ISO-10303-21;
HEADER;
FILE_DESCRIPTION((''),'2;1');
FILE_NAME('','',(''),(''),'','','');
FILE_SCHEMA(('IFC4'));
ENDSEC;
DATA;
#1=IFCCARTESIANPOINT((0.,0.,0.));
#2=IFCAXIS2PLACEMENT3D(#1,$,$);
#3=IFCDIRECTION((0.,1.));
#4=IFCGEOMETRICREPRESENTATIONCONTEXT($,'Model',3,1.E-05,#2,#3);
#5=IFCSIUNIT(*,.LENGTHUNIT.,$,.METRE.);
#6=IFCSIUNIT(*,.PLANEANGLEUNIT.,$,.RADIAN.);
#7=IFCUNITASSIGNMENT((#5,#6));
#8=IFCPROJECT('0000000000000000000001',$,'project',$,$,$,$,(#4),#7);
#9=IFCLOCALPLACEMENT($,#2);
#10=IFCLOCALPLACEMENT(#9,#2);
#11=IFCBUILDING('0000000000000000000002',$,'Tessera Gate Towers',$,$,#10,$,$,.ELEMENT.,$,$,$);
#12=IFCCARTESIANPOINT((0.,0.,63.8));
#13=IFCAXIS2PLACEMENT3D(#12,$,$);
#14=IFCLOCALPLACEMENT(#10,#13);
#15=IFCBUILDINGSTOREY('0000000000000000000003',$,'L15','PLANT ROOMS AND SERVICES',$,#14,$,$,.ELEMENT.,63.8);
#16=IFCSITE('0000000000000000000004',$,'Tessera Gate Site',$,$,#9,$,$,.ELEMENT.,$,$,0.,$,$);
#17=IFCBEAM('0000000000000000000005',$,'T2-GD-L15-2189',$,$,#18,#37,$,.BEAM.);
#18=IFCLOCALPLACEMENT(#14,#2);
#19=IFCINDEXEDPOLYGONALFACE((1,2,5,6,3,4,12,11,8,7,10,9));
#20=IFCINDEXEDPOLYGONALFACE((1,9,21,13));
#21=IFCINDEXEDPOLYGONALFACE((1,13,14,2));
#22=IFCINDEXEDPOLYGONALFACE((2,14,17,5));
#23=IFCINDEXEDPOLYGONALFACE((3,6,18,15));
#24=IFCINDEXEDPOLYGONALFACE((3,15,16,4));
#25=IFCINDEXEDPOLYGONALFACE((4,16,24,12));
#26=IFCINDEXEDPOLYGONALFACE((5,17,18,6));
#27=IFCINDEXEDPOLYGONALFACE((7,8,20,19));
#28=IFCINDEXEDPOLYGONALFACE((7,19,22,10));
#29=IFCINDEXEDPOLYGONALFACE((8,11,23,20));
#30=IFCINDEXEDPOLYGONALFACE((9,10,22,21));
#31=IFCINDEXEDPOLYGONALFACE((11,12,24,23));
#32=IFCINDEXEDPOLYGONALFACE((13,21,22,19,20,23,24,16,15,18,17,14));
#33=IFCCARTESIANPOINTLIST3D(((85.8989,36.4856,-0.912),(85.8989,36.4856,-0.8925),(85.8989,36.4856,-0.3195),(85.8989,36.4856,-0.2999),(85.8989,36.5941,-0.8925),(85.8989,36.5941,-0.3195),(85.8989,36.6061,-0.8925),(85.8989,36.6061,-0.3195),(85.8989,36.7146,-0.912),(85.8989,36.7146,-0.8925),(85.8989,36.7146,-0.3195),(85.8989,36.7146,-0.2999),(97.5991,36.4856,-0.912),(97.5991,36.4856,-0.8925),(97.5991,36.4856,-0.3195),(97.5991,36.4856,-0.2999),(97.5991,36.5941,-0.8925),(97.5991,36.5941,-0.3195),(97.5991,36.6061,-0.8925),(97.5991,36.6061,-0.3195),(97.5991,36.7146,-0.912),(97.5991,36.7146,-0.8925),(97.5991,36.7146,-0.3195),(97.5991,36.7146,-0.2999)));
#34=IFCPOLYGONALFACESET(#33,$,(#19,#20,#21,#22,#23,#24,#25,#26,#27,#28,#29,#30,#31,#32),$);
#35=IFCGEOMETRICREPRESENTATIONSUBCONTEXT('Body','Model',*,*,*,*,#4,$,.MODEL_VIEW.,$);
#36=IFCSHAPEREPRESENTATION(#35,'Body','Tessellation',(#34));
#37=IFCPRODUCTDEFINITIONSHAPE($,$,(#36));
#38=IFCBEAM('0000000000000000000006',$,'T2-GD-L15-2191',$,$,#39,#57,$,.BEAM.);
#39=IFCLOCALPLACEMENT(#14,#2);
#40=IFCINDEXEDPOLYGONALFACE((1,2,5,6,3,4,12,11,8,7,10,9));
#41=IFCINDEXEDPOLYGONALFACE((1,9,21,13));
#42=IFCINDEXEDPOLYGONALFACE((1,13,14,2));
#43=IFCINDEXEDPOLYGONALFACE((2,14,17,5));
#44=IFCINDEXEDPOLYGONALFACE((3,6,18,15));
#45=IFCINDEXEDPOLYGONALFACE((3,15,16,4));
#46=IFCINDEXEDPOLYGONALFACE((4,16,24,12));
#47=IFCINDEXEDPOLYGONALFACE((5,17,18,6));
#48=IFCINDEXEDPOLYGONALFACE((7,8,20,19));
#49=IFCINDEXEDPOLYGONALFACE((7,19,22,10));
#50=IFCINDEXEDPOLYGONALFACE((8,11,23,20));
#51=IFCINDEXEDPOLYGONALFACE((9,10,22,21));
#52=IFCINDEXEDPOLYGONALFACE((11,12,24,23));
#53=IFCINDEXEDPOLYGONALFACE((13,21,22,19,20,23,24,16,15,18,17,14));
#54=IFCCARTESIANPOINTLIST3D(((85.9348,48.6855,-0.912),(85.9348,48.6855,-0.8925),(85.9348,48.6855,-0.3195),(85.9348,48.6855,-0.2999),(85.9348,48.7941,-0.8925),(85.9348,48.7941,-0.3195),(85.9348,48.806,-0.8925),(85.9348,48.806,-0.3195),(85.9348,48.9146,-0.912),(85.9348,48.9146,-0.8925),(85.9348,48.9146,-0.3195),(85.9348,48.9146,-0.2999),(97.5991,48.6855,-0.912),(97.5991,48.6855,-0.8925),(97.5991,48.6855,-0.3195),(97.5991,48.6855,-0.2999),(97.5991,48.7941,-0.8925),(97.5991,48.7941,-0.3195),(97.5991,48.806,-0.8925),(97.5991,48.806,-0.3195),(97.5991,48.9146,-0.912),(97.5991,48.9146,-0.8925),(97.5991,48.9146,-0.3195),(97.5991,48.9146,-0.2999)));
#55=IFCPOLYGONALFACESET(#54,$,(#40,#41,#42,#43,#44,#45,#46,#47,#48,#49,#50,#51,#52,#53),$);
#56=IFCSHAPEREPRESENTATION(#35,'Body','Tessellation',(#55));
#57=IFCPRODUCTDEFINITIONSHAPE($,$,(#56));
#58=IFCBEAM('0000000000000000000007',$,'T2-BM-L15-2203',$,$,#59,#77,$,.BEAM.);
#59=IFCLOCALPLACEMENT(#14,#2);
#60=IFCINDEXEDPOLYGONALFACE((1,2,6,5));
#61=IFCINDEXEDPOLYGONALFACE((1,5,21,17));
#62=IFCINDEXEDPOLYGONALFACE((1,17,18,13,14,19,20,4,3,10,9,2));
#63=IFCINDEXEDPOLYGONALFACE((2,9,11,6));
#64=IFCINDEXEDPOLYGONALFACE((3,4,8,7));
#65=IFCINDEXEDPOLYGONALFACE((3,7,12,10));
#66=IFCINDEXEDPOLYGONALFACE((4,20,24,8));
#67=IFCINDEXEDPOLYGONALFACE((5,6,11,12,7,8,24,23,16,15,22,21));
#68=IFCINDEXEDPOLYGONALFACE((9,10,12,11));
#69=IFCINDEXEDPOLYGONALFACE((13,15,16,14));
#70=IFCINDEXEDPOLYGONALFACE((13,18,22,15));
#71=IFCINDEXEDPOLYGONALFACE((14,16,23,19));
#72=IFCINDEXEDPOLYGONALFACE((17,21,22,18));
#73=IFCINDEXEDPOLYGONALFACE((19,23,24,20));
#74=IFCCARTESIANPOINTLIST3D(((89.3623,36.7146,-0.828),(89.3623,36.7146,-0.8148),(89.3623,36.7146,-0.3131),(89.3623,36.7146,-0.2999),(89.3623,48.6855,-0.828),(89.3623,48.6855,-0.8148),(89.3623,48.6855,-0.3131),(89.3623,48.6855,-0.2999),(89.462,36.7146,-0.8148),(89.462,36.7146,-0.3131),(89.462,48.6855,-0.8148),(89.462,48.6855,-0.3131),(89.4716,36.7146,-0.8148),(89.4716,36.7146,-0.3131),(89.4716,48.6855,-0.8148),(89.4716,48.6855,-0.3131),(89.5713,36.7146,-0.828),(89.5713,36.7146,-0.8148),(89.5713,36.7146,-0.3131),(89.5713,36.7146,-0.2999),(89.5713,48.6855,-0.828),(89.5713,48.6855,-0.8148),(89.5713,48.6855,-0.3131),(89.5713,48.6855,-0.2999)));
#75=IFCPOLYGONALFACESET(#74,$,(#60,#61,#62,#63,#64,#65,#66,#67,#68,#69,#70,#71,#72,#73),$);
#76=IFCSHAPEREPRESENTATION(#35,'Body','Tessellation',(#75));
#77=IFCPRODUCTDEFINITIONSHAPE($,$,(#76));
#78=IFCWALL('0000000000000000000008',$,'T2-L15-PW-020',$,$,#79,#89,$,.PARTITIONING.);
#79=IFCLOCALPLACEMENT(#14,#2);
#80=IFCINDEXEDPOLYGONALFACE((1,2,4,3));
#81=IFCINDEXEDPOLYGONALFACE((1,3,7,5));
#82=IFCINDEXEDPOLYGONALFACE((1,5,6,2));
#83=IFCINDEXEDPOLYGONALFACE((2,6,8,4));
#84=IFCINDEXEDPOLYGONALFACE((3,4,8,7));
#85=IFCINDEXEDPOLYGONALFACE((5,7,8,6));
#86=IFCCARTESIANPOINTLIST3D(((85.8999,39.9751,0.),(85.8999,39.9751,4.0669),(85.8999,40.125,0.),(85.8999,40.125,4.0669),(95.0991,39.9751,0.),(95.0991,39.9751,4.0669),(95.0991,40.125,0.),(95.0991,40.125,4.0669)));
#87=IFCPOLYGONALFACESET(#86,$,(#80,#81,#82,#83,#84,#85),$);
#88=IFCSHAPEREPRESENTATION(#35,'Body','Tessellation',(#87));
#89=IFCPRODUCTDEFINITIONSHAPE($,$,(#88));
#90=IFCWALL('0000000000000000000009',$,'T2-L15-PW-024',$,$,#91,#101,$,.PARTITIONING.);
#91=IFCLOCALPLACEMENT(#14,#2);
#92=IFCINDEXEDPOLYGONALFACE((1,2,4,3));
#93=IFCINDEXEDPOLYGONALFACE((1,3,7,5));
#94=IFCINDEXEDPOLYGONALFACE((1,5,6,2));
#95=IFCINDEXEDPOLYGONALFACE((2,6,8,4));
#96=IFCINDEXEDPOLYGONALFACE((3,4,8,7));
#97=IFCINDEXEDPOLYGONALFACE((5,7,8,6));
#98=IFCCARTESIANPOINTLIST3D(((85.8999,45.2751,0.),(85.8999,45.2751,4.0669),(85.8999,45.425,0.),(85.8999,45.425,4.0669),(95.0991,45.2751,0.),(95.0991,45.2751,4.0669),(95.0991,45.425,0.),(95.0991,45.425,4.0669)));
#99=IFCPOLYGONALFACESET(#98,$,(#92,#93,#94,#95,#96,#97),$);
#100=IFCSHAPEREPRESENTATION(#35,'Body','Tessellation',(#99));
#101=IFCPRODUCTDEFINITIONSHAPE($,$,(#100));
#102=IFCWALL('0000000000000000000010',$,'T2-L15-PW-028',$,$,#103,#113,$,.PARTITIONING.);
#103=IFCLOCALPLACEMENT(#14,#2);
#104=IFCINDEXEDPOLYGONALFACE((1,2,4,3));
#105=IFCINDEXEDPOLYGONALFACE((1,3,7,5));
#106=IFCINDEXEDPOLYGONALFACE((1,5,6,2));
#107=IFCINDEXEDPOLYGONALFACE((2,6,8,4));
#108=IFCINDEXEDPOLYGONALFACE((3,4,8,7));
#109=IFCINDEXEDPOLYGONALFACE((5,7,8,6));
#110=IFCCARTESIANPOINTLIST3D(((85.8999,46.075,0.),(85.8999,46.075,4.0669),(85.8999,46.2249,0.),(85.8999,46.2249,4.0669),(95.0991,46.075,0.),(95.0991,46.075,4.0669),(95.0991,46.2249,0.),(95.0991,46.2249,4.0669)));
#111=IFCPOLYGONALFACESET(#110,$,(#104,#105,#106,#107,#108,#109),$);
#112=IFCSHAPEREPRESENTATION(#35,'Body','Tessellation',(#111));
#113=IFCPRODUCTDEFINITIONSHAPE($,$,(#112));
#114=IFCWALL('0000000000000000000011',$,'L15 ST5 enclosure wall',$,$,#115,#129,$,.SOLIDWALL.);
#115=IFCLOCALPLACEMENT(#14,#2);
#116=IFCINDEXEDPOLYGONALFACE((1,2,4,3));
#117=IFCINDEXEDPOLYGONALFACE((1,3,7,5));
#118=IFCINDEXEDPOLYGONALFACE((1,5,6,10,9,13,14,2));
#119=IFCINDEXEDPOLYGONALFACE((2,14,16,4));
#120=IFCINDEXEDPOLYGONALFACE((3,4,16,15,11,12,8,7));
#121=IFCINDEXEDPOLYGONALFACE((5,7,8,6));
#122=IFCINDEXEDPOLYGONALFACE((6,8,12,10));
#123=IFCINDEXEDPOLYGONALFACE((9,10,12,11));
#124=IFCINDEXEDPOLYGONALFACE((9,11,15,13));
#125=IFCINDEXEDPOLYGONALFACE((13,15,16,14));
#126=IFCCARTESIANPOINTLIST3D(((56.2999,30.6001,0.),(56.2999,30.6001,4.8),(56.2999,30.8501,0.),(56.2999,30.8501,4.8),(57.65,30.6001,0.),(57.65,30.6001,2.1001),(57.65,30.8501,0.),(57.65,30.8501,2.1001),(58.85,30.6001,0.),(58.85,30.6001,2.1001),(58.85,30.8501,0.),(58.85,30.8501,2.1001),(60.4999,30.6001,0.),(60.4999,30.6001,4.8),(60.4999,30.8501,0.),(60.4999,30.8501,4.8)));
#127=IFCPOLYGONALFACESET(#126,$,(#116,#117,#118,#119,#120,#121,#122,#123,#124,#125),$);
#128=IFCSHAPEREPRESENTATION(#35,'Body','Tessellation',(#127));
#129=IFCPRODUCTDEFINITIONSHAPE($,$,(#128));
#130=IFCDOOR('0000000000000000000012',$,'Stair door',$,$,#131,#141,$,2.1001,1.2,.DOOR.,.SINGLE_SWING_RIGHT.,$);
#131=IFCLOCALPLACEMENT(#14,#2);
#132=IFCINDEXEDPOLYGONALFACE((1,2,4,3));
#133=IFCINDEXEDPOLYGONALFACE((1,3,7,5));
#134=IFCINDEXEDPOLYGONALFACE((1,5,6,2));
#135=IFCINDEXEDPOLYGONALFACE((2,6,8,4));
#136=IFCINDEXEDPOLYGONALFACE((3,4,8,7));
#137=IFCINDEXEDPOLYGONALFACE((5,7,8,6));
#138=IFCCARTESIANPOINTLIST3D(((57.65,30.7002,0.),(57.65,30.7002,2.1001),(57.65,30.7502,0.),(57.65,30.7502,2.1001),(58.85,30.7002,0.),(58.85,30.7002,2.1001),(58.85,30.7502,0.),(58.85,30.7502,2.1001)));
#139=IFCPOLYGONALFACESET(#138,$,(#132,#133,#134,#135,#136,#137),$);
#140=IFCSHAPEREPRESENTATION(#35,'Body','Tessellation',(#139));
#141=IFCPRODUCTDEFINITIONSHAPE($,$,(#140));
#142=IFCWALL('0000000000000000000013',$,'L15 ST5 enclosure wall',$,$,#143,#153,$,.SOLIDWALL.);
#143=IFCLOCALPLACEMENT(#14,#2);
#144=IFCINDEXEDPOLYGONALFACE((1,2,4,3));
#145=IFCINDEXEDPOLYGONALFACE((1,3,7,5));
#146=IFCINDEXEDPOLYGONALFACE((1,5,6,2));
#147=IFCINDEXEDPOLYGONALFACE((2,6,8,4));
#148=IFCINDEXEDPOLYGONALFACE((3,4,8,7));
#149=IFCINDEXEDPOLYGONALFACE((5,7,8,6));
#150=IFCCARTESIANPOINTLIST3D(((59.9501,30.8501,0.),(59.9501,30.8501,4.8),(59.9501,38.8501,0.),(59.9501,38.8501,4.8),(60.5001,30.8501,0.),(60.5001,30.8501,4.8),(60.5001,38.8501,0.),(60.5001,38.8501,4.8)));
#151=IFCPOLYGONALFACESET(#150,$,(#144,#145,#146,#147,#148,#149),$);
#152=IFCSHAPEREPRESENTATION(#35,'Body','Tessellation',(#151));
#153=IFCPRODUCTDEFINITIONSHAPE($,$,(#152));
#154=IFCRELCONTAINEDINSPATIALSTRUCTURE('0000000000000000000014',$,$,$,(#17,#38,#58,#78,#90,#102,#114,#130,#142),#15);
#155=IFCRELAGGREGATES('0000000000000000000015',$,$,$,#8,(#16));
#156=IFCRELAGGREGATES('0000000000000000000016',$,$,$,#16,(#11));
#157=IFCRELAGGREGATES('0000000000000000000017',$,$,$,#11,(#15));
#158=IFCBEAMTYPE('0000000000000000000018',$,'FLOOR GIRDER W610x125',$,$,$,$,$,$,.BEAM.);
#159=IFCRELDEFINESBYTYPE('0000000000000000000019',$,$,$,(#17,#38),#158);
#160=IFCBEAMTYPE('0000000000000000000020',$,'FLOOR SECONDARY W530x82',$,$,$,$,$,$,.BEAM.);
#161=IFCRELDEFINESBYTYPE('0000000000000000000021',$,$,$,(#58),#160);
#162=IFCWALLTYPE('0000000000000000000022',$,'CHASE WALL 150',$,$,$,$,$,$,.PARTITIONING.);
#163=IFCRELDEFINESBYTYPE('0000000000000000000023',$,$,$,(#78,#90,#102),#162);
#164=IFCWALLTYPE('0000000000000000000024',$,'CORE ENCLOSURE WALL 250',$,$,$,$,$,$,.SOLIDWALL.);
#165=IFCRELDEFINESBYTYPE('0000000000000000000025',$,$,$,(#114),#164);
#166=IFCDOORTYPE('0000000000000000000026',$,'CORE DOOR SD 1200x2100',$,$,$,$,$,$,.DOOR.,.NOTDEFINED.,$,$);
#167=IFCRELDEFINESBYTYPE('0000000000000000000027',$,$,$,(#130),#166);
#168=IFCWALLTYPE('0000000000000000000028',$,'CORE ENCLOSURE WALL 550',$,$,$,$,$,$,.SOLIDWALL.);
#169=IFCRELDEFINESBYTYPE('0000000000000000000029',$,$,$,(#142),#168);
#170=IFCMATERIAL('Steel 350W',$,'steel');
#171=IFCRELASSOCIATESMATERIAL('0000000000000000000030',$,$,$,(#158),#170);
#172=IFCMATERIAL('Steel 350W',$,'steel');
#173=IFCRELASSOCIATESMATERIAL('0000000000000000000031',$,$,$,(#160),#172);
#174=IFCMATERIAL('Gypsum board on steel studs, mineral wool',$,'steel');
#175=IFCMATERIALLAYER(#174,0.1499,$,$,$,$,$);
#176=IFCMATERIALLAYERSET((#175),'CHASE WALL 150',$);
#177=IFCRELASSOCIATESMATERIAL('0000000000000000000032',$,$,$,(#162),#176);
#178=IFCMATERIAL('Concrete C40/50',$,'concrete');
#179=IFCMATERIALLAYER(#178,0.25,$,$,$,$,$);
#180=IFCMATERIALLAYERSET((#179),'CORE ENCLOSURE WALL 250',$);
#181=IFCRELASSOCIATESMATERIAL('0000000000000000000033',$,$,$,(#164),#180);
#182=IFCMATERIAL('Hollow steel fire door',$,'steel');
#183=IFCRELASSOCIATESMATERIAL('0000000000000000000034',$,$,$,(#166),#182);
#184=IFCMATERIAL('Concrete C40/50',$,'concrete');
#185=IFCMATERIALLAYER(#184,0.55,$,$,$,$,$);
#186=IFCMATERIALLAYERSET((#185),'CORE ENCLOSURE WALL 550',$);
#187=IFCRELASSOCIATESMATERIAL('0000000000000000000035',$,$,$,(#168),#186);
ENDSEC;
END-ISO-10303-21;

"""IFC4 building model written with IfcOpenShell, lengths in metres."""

from ifc_helpers import new_model, si_unit, direction, frame, frame_2d, origin, origin_2d, place, context, subcontext, project, spatial, rectangle, i_section, extrude, source, transform, mapped, material, layer, layer_set, material_profile, profile_set, type_object, element, fill, save


model = new_model("IFC4")

# Units and contexts
model_context = context("Model", 3, precision=1e-05, world=origin(), true_north=direction((0.0, 1.0)))
body_context = subcontext(model_context, "Body", "Model", "MODEL_VIEW")
ifc_project = project(units=[si_unit("LENGTHUNIT", "METRE"), si_unit("PLANEANGLEUNIT", "RADIAN")], contexts=[model_context])

# Site, building, storey
site_placement = place(None, origin())
site = spatial("IfcSite", under=ifc_project, at=site_placement, Name="Tessera Gate Site", CompositionType="ELEMENT", RefElevation=0.0)
building_placement = place(site_placement, origin())
building = spatial("IfcBuilding", under=site, at=building_placement, Name="Tessera Gate Towers", CompositionType="ELEMENT")
storey_placement = place(building_placement, frame((0.0, 0.0, 63.8)))
storey = spatial("IfcBuildingStorey", under=building, at=storey_placement, Name="L15", Description="PLANT ROOMS AND SERVICES", CompositionType="ELEMENT", Elevation=63.8)

# Beams
ifc_material_1 = material(Name="Steel 350W", Category="steel")
ifc_material_profile_1 = material_profile(ifc_material_1, i_section(OverallWidth=0.229, OverallDepth=0.6121, WebThickness=0.012, FlangeThickness=0.0195, at=origin_2d()), Name="W610x125")
ifc_profile_set_1 = profile_set([ifc_material_profile_1], Name="Steel 350W")
beam_type_1 = type_object("IfcBeamType", Name="FLOOR GIRDER W610x125", PredefinedType="BEAM", material=ifc_profile_set_1)
beam_1_placement = place(storey_placement, frame((85.8989, 36.6001, -0.606), z_axis=(1.0, 0.0, 0.0), x_axis=(0.0, 1.0, 0.0)))
element("IfcBeam", 1, at=beam_1_placement, inside=storey, type_object=beam_type_1, Name="T2-GD-L15-2189", PredefinedType="BEAM", context=body_context, shape_type="SweptSolid", body=[
    extrude(i_section(OverallWidth=0.229, OverallDepth=0.6121, WebThickness=0.012, FlangeThickness=0.0195, at=origin_2d()), origin(), (0.0, 0.0, 1.0), 11.7002),
])
beam_2_placement = place(storey_placement, frame((85.9348, 48.8, -0.606), z_axis=(1.0, 0.0, 0.0), x_axis=(0.0, 1.0, 0.0)))
element("IfcBeam", 2, at=beam_2_placement, inside=storey, type_object=beam_type_1, Name="T2-GD-L15-2191", PredefinedType="BEAM", context=body_context, shape_type="SweptSolid", body=[
    extrude(i_section(OverallWidth=0.229, OverallDepth=0.6121, WebThickness=0.012, FlangeThickness=0.0195, at=origin_2d()), origin(), (0.0, 0.0, 1.0), 11.6643),
])
ifc_material_2 = material(Name="Steel 350W", Category="steel")
ifc_material_profile_2 = material_profile(ifc_material_2, i_section(OverallWidth=0.209, OverallDepth=0.5281, WebThickness=0.0095, FlangeThickness=0.0132, at=origin_2d()), Name="W530x82")
ifc_profile_set_2 = profile_set([ifc_material_profile_2], Name="Steel 350W")
beam_type_2 = type_object("IfcBeamType", Name="FLOOR SECONDARY W530x82", PredefinedType="BEAM", material=ifc_profile_set_2)
beam_3_placement = place(storey_placement, frame((89.4668, 36.7146, -0.564), z_axis=(0.0, 1.0, 0.0), x_axis=(-1.0, 0.0, 0.0)))
element("IfcBeam", 3, at=beam_3_placement, inside=storey, type_object=beam_type_2, Name="T2-BM-L15-2203", PredefinedType="BEAM", context=body_context, shape_type="SweptSolid", body=[
    extrude(i_section(OverallWidth=0.209, OverallDepth=0.5281, WebThickness=0.0095, FlangeThickness=0.0132, at=origin_2d()), origin(), (0.0, 0.0, 1.0), 11.9709),
])

# Walls
ifc_material_3 = material(Name="Gypsum board on steel studs, mineral wool", Category="steel")
ifc_layer_1 = layer(ifc_material_3, 0.1499)
ifc_layer_set_1 = layer_set([ifc_layer_1], Name="CHASE WALL 150")
wall_type_1 = type_object("IfcWallType", Name="CHASE WALL 150", PredefinedType="PARTITIONING", material=ifc_layer_set_1)
for number, where, z_axis, x_axis, name in (
    (4, (85.8999, 40.05, 0.0), (0.0, 0.0, 1.0), (1.0, 0.0, 0.0), "T2-L15-PW-020"),
    (5, (85.8999, 45.3501, 0.0), (0.0, 0.0, 1.0), (1.0, 0.0, 0.0), "T2-L15-PW-024"),
    (6, (85.8999, 46.1499, 0.0), (0.0, 0.0, 1.0), (1.0, 0.0, 0.0), "T2-L15-PW-028"),
):
    element("IfcWall", number, at=place(storey_placement, frame(where, z_axis=z_axis, x_axis=x_axis)), inside=storey, type_object=wall_type_1, Name=name, PredefinedType="PARTITIONING", context=body_context, shape_type="SweptSolid", body=[
        extrude(rectangle(XDim=9.1992, YDim=0.1499, at=frame_2d((4.5996, 0.0))), origin(), (0.0, 0.0, 1.0), 4.0669),
    ])

# Wall, opening, door
ifc_material_4 = material(Name="Concrete C40/50", Category="concrete")
ifc_layer_2 = layer(ifc_material_4, 0.25)
ifc_layer_set_2 = layer_set([ifc_layer_2], Name="CORE ENCLOSURE WALL 250")
wall_type_2 = type_object("IfcWallType", Name="CORE ENCLOSURE WALL 250", PredefinedType="SOLIDWALL", material=ifc_layer_set_2)
wall_1_placement = place(storey_placement, frame((60.5, 30.7251, 0.0), z_axis=(0.0, 0.0, 1.0), x_axis=(-1.0, 0.0, 0.0)))
wall_1 = element("IfcWall", 7, at=wall_1_placement, inside=storey, type_object=wall_type_2, Name="L15 ST5 enclosure wall", PredefinedType="SOLIDWALL", context=body_context, shape_type="SweptSolid", body=[
    extrude(rectangle(XDim=4.2, YDim=0.25, at=frame_2d((2.1001, 0.0))), origin(), (0.0, 0.0, 1.0), 4.8),
])
shared_shape_1 = source(origin(), body_context, "Body", "SweptSolid", [
    extrude(rectangle(XDim=1.2, YDim=2.1001, at=frame_2d((0.6001, 1.05))), frame((0.0, 0.135, 0.0), z_axis=(0.0, -1.0, 0.0), x_axis=(1.0, 0.0, 0.0)), (0.0, 0.0, 1.0), 0.27),
])
opening_1_placement = place(wall_1_placement, frame((1.6499, 0.0, 0.0)))
opening_1 = element("IfcOpeningElement", 8, at=opening_1_placement, cuts=wall_1, PredefinedType="OPENING", context=body_context, shape_type="MappedRepresentation", body=[
    mapped(shared_shape_1, transform((0.0, 0.0, 0.0), scale=1.0)),
])
ifc_material_5 = material(Name="Hollow steel fire door", Category="steel")
door_type_1 = type_object("IfcDoorType", Name="CORE DOOR SD 1200x2100", OperationType="NOTDEFINED", PredefinedType="DOOR", material=ifc_material_5)
shared_shape_2 = source(origin(), body_context, "Body", "SweptSolid", [
    extrude(rectangle(XDim=1.2, YDim=2.1001, at=frame_2d((0.6001, 1.05))), frame((0.0, 0.0249, 0.0), z_axis=(0.0, -1.0, 0.0), x_axis=(1.0, 0.0, 0.0)), (0.0, 0.0, 1.0), 0.05),
])
door_1_placement = place(opening_1_placement, origin())
door_1 = element("IfcDoor", 9, at=door_1_placement, inside=storey, type_object=door_type_1, Name="Stair door", OperationType="SINGLE_SWING_RIGHT", OverallHeight=2.1001, OverallWidth=1.2, PredefinedType="DOOR", context=body_context, shape_type="MappedRepresentation", body=[
    mapped(shared_shape_2, transform((0.0, 0.0, 0.0), scale=1.0)),
])
fill(opening_1, door_1)

# Wall
ifc_material_6 = material(Name="Concrete C40/50", Category="concrete")
ifc_layer_3 = layer(ifc_material_6, 0.55)
ifc_layer_set_3 = layer_set([ifc_layer_3], Name="CORE ENCLOSURE WALL 550")
wall_type_3 = type_object("IfcWallType", Name="CORE ENCLOSURE WALL 550", PredefinedType="SOLIDWALL", material=ifc_layer_set_3)
wall_2_placement = place(storey_placement, frame((60.2251, 38.8501, 0.0), z_axis=(0.0, 0.0, 1.0), x_axis=(0.0, -1.0, 0.0)))
element("IfcWall", 10, at=wall_2_placement, inside=storey, type_object=wall_type_3, Name="L15 ST5 enclosure wall", PredefinedType="SOLIDWALL", context=body_context, shape_type="SweptSolid", body=[
    extrude(rectangle(XDim=8.0, YDim=0.55, at=frame_2d((4.0, 0.0))), origin(), (0.0, 0.0, 1.0), 4.8),
])

save(model, "model.ifc")
